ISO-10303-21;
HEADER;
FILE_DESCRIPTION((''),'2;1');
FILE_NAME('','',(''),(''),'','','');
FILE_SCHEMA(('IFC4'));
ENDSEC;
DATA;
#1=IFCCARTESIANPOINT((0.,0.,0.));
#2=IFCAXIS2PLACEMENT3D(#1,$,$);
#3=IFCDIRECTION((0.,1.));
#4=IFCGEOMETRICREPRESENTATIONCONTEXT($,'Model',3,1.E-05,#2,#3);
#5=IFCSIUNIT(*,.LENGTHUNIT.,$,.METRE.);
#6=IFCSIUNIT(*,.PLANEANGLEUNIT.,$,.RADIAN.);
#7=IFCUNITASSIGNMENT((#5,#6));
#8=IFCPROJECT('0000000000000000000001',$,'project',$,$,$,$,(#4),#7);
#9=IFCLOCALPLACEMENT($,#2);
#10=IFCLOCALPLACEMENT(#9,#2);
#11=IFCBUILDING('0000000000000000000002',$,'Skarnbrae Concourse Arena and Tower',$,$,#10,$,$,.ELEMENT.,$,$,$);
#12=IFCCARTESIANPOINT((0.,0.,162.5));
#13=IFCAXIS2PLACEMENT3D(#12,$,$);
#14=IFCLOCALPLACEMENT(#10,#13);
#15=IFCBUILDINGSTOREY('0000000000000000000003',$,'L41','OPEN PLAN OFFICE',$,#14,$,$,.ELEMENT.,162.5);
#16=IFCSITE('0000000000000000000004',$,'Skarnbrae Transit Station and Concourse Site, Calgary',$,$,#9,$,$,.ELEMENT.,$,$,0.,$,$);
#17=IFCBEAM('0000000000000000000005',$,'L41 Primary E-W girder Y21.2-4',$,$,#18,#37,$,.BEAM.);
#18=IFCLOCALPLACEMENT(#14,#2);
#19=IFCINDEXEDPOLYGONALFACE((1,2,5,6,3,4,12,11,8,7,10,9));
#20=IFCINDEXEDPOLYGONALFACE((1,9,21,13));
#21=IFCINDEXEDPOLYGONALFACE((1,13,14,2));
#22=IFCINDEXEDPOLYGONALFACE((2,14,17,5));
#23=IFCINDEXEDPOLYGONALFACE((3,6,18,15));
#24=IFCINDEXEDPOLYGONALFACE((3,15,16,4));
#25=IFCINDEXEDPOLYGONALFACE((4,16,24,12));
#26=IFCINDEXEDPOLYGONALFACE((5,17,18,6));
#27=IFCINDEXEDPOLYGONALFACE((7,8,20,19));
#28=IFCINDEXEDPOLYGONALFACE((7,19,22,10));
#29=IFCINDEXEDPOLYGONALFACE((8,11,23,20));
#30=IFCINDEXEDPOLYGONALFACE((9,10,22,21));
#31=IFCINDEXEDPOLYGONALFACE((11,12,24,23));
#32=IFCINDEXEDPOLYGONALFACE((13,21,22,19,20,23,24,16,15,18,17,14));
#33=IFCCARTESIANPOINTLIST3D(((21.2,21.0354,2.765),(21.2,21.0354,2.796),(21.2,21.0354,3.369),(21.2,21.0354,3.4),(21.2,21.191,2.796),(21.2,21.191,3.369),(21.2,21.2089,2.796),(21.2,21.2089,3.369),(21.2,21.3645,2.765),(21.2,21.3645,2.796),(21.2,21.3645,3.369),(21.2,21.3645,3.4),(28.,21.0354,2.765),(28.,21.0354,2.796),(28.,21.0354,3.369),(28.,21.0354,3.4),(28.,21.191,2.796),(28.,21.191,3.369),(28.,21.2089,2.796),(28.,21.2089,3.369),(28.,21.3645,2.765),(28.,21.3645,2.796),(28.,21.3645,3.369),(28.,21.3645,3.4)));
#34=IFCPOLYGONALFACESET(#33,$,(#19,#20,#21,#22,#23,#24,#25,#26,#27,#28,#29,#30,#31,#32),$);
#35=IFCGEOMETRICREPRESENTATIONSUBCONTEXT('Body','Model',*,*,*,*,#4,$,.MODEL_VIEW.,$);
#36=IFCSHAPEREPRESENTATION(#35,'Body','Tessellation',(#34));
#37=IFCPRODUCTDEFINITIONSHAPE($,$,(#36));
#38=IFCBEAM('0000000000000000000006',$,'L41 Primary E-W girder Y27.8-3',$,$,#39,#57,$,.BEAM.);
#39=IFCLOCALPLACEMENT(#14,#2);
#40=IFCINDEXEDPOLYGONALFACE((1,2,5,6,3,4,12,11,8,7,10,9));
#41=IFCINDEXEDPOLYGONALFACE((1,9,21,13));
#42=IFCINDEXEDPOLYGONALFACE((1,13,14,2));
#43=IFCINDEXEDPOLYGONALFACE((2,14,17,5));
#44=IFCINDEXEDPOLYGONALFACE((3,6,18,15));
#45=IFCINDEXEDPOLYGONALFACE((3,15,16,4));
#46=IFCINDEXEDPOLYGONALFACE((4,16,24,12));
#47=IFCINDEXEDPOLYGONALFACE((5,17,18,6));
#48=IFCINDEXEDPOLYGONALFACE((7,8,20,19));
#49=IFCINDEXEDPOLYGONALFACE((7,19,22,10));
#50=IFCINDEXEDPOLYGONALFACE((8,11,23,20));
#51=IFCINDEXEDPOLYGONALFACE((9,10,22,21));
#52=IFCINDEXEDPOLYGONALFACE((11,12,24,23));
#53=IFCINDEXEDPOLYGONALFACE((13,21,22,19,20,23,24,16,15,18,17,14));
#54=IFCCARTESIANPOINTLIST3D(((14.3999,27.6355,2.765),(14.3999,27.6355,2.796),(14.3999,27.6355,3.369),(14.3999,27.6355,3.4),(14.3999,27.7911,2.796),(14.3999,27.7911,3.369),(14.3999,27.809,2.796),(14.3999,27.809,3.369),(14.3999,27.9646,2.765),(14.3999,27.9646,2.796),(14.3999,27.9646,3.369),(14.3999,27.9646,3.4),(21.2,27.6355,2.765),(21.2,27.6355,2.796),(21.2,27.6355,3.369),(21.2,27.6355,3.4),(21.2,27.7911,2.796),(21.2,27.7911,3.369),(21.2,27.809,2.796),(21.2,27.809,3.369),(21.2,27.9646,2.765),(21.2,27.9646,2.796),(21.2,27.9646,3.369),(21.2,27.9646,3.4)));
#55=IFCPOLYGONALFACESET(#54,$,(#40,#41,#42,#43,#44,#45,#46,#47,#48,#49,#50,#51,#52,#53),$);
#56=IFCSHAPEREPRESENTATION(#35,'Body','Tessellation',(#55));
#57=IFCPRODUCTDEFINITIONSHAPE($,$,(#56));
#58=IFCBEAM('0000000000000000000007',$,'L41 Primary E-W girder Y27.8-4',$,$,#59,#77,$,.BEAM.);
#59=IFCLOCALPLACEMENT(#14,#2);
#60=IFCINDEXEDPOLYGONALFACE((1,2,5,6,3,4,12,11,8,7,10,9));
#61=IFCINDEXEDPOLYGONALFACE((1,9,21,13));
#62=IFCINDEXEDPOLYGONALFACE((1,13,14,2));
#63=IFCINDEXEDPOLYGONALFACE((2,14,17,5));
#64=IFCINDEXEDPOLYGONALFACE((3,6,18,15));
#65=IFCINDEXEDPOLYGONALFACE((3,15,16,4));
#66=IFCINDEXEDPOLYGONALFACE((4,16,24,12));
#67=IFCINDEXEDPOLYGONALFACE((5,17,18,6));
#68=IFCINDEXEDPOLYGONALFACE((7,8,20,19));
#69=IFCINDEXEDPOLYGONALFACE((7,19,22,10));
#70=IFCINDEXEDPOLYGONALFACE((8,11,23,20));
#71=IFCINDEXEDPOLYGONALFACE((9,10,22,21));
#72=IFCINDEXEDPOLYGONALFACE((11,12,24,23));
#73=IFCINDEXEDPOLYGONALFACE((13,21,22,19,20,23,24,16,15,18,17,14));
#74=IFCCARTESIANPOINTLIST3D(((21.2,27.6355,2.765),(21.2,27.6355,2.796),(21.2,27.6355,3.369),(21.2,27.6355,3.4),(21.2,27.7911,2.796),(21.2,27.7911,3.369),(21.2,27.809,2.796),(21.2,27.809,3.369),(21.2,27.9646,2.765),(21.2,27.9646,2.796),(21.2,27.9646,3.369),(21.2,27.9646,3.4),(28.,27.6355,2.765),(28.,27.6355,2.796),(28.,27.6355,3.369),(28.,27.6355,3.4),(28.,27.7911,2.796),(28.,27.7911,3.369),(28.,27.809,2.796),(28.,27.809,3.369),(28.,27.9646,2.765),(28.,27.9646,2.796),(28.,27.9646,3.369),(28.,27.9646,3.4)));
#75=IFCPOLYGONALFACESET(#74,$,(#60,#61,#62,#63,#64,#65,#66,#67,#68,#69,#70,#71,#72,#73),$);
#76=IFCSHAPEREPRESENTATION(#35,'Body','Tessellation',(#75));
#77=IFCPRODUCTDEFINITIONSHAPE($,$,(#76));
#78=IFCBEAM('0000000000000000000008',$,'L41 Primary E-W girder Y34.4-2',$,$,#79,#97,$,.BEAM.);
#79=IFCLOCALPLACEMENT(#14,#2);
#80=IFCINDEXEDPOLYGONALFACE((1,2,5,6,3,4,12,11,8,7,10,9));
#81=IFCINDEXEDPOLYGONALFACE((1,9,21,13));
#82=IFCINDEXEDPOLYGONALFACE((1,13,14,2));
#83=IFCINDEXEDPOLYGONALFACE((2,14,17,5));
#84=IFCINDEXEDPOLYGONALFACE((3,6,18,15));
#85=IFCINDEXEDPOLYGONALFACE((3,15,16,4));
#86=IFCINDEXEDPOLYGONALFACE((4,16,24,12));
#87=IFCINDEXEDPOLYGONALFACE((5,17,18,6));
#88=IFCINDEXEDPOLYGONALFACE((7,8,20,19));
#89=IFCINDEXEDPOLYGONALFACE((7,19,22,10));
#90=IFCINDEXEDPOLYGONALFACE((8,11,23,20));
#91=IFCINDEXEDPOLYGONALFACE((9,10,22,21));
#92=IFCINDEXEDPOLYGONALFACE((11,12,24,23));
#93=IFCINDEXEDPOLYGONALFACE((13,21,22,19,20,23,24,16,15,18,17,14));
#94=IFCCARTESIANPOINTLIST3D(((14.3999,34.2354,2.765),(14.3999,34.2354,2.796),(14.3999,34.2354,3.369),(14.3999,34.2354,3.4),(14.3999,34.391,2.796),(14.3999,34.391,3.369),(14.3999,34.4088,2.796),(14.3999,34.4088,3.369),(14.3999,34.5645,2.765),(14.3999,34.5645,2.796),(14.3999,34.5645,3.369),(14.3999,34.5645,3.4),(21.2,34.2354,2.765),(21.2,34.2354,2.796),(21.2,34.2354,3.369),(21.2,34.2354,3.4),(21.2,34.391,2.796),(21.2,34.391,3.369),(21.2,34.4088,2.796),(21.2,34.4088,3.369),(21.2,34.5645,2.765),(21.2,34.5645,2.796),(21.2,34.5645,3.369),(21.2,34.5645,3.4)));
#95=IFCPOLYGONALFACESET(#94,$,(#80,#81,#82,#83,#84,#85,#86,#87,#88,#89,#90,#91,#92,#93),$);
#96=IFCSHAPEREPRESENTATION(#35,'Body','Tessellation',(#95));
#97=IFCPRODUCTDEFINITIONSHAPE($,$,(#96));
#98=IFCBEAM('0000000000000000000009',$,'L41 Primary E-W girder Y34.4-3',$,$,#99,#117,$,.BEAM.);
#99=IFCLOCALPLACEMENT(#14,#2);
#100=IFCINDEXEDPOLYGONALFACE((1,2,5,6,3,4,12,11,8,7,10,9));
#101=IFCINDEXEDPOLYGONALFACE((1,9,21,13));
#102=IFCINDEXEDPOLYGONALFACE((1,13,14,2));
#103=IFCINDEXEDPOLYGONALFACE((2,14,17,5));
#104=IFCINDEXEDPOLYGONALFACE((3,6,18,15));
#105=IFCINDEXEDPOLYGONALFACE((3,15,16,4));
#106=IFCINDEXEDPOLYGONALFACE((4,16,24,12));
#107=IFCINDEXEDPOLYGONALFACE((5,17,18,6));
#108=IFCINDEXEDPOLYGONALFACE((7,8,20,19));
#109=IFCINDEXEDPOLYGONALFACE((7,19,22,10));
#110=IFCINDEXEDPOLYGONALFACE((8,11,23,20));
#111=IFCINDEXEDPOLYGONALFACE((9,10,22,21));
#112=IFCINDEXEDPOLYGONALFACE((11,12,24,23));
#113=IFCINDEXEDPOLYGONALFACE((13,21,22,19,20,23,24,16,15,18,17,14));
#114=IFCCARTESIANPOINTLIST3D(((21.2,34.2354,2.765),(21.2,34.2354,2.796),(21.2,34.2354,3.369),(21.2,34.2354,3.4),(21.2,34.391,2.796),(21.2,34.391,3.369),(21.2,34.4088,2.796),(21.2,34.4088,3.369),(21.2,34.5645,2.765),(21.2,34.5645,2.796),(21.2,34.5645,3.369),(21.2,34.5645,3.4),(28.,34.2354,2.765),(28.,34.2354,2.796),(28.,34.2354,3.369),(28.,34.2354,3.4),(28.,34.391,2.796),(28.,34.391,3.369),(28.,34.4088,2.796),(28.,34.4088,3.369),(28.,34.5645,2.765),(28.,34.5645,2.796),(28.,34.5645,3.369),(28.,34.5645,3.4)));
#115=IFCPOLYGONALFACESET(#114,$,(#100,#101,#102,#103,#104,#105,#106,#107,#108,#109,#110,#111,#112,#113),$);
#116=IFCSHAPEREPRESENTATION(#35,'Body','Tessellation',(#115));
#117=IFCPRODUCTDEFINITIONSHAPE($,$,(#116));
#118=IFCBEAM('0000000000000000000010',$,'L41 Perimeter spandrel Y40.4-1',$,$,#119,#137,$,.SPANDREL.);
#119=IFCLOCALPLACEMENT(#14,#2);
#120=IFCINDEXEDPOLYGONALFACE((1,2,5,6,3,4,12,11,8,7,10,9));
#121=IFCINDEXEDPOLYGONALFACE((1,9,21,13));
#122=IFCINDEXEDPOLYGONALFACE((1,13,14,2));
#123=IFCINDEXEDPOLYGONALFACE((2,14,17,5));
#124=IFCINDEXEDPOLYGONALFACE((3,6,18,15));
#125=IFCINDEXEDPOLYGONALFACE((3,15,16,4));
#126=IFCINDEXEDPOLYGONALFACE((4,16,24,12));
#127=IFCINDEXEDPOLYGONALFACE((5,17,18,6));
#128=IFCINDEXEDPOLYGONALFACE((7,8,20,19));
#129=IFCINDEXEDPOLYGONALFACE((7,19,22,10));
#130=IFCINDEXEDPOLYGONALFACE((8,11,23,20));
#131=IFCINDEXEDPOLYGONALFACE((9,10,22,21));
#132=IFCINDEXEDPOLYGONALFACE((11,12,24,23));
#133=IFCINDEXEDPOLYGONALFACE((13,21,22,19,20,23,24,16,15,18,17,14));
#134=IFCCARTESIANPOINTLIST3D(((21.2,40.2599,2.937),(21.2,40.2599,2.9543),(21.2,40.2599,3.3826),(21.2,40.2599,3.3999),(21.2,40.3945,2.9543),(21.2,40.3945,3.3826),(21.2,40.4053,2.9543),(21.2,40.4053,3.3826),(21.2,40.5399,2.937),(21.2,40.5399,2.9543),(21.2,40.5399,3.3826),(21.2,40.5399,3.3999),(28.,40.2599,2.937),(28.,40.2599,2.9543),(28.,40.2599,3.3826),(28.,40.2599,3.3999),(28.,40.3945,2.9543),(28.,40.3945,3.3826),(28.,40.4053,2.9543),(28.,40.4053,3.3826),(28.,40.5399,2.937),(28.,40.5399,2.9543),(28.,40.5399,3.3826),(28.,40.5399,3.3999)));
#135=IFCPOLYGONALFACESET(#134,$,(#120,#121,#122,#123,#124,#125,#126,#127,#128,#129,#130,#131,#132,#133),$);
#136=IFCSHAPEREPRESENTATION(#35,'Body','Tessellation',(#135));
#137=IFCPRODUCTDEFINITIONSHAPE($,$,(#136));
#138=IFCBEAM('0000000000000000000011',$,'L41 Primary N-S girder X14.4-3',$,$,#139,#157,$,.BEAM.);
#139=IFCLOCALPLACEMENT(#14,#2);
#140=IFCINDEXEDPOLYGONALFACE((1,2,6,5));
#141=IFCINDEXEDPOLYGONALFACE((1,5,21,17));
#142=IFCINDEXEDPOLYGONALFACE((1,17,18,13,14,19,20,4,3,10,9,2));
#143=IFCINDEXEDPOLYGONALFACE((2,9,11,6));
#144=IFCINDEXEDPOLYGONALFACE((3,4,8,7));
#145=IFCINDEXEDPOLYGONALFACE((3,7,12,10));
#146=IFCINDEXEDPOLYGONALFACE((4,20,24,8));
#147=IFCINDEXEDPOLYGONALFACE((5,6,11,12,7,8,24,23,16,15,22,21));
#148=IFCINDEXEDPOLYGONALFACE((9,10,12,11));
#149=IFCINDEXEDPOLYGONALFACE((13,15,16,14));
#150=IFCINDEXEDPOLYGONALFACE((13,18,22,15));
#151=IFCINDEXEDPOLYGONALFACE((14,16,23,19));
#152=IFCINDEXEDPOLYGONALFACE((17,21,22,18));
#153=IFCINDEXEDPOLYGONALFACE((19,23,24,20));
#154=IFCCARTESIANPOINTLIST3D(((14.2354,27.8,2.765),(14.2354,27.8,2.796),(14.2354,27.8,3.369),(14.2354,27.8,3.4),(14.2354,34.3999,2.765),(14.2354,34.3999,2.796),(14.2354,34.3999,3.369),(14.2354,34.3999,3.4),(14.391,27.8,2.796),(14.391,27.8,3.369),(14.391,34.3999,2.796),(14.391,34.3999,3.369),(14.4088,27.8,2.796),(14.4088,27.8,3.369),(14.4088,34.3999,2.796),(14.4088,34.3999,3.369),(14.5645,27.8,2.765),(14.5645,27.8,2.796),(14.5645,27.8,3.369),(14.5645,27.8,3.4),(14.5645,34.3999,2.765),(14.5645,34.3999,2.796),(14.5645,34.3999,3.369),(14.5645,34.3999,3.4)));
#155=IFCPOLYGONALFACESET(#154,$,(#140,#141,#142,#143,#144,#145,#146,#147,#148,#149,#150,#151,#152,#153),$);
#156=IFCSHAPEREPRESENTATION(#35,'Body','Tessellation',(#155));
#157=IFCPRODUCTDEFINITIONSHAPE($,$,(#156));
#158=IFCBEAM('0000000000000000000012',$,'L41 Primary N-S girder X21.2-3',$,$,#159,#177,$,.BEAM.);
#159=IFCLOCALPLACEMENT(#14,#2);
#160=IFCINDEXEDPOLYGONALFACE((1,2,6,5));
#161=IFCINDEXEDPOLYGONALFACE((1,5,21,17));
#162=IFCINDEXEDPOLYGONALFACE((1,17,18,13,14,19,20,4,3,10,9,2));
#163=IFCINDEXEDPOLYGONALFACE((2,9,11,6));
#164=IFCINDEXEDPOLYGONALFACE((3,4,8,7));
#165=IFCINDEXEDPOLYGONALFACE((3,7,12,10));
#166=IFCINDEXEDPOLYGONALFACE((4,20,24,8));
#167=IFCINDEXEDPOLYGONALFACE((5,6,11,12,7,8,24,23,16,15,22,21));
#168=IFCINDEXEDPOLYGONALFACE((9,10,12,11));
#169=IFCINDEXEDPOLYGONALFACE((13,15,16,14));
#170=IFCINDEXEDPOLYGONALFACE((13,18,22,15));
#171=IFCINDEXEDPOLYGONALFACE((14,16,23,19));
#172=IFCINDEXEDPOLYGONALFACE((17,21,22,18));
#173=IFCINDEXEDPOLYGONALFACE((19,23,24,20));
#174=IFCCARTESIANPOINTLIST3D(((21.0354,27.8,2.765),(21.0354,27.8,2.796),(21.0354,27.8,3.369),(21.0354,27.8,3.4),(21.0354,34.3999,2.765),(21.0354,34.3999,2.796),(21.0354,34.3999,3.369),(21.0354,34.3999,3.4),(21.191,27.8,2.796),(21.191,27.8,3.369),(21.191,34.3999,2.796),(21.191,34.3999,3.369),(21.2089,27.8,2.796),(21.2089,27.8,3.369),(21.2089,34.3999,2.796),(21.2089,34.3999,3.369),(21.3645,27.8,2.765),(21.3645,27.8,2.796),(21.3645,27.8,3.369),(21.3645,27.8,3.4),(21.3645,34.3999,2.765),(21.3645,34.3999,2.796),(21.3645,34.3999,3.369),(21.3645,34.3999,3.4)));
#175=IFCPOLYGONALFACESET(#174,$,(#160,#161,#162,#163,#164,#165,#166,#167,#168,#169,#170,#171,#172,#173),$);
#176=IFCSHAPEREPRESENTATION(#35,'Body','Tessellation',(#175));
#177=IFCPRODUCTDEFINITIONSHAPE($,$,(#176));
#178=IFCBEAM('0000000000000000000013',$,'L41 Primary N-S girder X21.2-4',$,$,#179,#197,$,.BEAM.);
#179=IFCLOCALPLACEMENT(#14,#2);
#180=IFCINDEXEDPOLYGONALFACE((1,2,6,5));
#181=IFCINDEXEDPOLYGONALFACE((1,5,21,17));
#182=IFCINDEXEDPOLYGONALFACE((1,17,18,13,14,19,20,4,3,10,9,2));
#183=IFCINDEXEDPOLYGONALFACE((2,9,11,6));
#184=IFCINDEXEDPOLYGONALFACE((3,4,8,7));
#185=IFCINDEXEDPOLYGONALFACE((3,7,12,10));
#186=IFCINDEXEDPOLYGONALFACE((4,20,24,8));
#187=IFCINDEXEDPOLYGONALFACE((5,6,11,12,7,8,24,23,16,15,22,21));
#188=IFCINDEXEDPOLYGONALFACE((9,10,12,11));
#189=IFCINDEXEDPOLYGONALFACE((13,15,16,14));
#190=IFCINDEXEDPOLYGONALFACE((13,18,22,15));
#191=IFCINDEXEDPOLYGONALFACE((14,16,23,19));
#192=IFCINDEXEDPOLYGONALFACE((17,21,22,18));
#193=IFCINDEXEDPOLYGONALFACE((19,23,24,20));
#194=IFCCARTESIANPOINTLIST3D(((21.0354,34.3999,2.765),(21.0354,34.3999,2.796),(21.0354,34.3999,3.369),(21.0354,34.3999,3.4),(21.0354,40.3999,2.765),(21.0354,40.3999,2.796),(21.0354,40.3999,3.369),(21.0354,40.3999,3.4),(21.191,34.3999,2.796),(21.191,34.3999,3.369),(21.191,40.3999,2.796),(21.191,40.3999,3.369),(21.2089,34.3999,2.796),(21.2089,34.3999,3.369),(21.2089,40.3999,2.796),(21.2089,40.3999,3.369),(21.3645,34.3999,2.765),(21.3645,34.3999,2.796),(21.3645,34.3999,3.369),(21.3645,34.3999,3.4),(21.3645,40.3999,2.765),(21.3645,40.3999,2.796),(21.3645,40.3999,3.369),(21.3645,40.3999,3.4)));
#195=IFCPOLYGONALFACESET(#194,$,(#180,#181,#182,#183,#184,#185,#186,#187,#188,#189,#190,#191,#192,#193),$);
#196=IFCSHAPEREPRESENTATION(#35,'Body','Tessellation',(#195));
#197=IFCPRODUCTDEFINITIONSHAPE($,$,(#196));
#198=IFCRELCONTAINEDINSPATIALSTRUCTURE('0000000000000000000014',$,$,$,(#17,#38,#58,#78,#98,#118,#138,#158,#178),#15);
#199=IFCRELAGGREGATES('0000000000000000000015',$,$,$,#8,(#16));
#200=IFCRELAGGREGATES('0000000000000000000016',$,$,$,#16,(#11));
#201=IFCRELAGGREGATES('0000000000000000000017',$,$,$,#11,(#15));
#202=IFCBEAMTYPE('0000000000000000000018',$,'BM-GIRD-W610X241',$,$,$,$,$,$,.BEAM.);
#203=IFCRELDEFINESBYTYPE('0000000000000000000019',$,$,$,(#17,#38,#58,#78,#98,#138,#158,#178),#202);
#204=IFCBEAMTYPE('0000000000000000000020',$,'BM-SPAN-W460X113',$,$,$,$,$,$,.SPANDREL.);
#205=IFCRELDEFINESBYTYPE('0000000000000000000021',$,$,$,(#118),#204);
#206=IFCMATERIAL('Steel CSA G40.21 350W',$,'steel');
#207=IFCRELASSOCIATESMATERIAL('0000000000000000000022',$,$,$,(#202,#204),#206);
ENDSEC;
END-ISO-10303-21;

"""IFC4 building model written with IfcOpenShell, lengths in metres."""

from ifc_helpers import new_model, si_unit, direction, frame, origin, origin_2d, place, context, subcontext, project, spatial, i_section, extrude, source, transform, mapped, material, material_profile, profile_set, type_object, element, save


model = new_model("IFC4")

# Units and contexts
model_context = context("Model", 3, precision=1e-05, world=origin(), true_north=direction((0.0, 1.0)))
body_context = subcontext(model_context, "Body", "Model", "MODEL_VIEW")
ifc_project = project(units=[si_unit("LENGTHUNIT", "METRE"), si_unit("PLANEANGLEUNIT", "RADIAN")], contexts=[model_context])

# Site, building, storey
site_placement = place(None, origin())
site = spatial("IfcSite", under=ifc_project, at=site_placement, Name="Skarnbrae Transit Station and Concourse Site, Calgary", CompositionType="ELEMENT", RefElevation=0.0)
building_placement = place(site_placement, origin())
building = spatial("IfcBuilding", under=site, at=building_placement, Name="Skarnbrae Concourse Arena and Tower", CompositionType="ELEMENT")
storey_placement = place(building_placement, frame((0.0, 0.0, 162.5)))
storey = spatial("IfcBuildingStorey", under=building, at=storey_placement, Name="L41", Description="OPEN PLAN OFFICE", CompositionType="ELEMENT", Elevation=162.5)

# Shared definitions
ifc_material_1 = material(Name="Steel CSA G40.21 350W", Category="steel")

# Beams
ifc_material_profile_1 = material_profile(ifc_material_1, i_section(OverallWidth=0.3291, OverallDepth=0.635, WebThickness=0.0178, FlangeThickness=0.031, at=origin_2d()), Name="W610X241")
ifc_profile_set_1 = profile_set([ifc_material_profile_1], Name="Steel CSA G40.21 350W")
beam_type_1 = type_object("IfcBeamType", Name="BM-GIRD-W610X241", PredefinedType="BEAM", material=ifc_profile_set_1)
shared_shape_1 = source(origin(), body_context, "Body", "SweptSolid", [
    extrude(i_section(OverallWidth=0.3291, OverallDepth=0.635, WebThickness=0.0178, FlangeThickness=0.031, at=origin_2d()), origin(), (0.0, 0.0, 1.0), 6.8),
])
for number, where, z_axis, x_axis, name in (
    (1, (21.2, 21.2, 3.0825), (1.0, 0.0, 0.0), (0.0, 1.0, 0.0), "L41 Primary E-W girder Y21.2-4"),
    (2, (14.3999, 27.8, 3.0825), (1.0, 0.0, 0.0), (0.0, 1.0, 0.0), "L41 Primary E-W girder Y27.8-3"),
    (3, (21.2, 27.8, 3.0825), (1.0, 0.0, 0.0), (0.0, 1.0, 0.0), "L41 Primary E-W girder Y27.8-4"),
    (4, (14.3999, 34.3999, 3.0825), (1.0, 0.0, 0.0), (0.0, 1.0, 0.0), "L41 Primary E-W girder Y34.4-2"),
    (5, (21.2, 34.3999, 3.0825), (1.0, 0.0, 0.0), (0.0, 1.0, 0.0), "L41 Primary E-W girder Y34.4-3"),
):
    element("IfcBeam", number, at=place(storey_placement, frame(where, z_axis=z_axis, x_axis=x_axis)), inside=storey, type_object=beam_type_1, Name=name, PredefinedType="BEAM", context=body_context, shape_type="MappedRepresentation", body=[
        mapped(shared_shape_1, transform((0.0, 0.0, 0.0))),
    ])
ifc_material_profile_2 = material_profile(ifc_material_1, i_section(OverallWidth=0.28, OverallDepth=0.4629, WebThickness=0.0107, FlangeThickness=0.0173, at=origin_2d()), Name="W460X113")
ifc_profile_set_2 = profile_set([ifc_material_profile_2], Name="Steel CSA G40.21 350W")
beam_type_2 = type_object("IfcBeamType", Name="BM-SPAN-W460X113", PredefinedType="SPANDREL", material=ifc_profile_set_2)
shared_shape_2 = source(origin(), body_context, "Body", "SweptSolid", [
    extrude(i_section(OverallWidth=0.28, OverallDepth=0.4629, WebThickness=0.0107, FlangeThickness=0.0173, at=origin_2d()), origin(), (0.0, 0.0, 1.0), 6.8),
])
beam_1_placement = place(storey_placement, frame((21.2, 40.3999, 3.1685), z_axis=(1.0, 0.0, 0.0), x_axis=(0.0, 1.0, 0.0)))
element("IfcBeam", 6, at=beam_1_placement, inside=storey, type_object=beam_type_2, Name="L41 Perimeter spandrel Y40.4-1", PredefinedType="SPANDREL", context=body_context, shape_type="MappedRepresentation", body=[
    mapped(shared_shape_2, transform((0.0, 0.0, 0.0))),
])
shared_shape_3 = source(origin(), body_context, "Body", "SweptSolid", [
    extrude(i_section(OverallWidth=0.3291, OverallDepth=0.635, WebThickness=0.0178, FlangeThickness=0.031, at=origin_2d()), origin(), (0.0, 0.0, 1.0), 6.5999),
])
for number, where, z_axis, x_axis, name in (
    (7, (14.3999, 27.8, 3.0825), (0.0, 1.0, 0.0), (-1.0, 0.0, 0.0), "L41 Primary N-S girder X14.4-3"),
    (8, (21.2, 27.8, 3.0825), (0.0, 1.0, 0.0), (-1.0, 0.0, 0.0), "L41 Primary N-S girder X21.2-3"),
):
    element("IfcBeam", number, at=place(storey_placement, frame(where, z_axis=z_axis, x_axis=x_axis)), inside=storey, type_object=beam_type_1, Name=name, PredefinedType="BEAM", context=body_context, shape_type="MappedRepresentation", body=[
        mapped(shared_shape_3, transform((0.0, 0.0, 0.0))),
    ])
shared_shape_4 = source(origin(), body_context, "Body", "SweptSolid", [
    extrude(i_section(OverallWidth=0.3291, OverallDepth=0.635, WebThickness=0.0178, FlangeThickness=0.031, at=origin_2d()), origin(), (0.0, 0.0, 1.0), 6.0),
])
beam_2_placement = place(storey_placement, frame((21.2, 34.3999, 3.0825), z_axis=(0.0, 1.0, 0.0), x_axis=(-1.0, 0.0, 0.0)))
element("IfcBeam", 9, at=beam_2_placement, inside=storey, type_object=beam_type_1, Name="L41 Primary N-S girder X21.2-4", PredefinedType="BEAM", context=body_context, shape_type="MappedRepresentation", body=[
    mapped(shared_shape_4, transform((0.0, 0.0, 0.0))),
])

save(model, "model.ifc")
